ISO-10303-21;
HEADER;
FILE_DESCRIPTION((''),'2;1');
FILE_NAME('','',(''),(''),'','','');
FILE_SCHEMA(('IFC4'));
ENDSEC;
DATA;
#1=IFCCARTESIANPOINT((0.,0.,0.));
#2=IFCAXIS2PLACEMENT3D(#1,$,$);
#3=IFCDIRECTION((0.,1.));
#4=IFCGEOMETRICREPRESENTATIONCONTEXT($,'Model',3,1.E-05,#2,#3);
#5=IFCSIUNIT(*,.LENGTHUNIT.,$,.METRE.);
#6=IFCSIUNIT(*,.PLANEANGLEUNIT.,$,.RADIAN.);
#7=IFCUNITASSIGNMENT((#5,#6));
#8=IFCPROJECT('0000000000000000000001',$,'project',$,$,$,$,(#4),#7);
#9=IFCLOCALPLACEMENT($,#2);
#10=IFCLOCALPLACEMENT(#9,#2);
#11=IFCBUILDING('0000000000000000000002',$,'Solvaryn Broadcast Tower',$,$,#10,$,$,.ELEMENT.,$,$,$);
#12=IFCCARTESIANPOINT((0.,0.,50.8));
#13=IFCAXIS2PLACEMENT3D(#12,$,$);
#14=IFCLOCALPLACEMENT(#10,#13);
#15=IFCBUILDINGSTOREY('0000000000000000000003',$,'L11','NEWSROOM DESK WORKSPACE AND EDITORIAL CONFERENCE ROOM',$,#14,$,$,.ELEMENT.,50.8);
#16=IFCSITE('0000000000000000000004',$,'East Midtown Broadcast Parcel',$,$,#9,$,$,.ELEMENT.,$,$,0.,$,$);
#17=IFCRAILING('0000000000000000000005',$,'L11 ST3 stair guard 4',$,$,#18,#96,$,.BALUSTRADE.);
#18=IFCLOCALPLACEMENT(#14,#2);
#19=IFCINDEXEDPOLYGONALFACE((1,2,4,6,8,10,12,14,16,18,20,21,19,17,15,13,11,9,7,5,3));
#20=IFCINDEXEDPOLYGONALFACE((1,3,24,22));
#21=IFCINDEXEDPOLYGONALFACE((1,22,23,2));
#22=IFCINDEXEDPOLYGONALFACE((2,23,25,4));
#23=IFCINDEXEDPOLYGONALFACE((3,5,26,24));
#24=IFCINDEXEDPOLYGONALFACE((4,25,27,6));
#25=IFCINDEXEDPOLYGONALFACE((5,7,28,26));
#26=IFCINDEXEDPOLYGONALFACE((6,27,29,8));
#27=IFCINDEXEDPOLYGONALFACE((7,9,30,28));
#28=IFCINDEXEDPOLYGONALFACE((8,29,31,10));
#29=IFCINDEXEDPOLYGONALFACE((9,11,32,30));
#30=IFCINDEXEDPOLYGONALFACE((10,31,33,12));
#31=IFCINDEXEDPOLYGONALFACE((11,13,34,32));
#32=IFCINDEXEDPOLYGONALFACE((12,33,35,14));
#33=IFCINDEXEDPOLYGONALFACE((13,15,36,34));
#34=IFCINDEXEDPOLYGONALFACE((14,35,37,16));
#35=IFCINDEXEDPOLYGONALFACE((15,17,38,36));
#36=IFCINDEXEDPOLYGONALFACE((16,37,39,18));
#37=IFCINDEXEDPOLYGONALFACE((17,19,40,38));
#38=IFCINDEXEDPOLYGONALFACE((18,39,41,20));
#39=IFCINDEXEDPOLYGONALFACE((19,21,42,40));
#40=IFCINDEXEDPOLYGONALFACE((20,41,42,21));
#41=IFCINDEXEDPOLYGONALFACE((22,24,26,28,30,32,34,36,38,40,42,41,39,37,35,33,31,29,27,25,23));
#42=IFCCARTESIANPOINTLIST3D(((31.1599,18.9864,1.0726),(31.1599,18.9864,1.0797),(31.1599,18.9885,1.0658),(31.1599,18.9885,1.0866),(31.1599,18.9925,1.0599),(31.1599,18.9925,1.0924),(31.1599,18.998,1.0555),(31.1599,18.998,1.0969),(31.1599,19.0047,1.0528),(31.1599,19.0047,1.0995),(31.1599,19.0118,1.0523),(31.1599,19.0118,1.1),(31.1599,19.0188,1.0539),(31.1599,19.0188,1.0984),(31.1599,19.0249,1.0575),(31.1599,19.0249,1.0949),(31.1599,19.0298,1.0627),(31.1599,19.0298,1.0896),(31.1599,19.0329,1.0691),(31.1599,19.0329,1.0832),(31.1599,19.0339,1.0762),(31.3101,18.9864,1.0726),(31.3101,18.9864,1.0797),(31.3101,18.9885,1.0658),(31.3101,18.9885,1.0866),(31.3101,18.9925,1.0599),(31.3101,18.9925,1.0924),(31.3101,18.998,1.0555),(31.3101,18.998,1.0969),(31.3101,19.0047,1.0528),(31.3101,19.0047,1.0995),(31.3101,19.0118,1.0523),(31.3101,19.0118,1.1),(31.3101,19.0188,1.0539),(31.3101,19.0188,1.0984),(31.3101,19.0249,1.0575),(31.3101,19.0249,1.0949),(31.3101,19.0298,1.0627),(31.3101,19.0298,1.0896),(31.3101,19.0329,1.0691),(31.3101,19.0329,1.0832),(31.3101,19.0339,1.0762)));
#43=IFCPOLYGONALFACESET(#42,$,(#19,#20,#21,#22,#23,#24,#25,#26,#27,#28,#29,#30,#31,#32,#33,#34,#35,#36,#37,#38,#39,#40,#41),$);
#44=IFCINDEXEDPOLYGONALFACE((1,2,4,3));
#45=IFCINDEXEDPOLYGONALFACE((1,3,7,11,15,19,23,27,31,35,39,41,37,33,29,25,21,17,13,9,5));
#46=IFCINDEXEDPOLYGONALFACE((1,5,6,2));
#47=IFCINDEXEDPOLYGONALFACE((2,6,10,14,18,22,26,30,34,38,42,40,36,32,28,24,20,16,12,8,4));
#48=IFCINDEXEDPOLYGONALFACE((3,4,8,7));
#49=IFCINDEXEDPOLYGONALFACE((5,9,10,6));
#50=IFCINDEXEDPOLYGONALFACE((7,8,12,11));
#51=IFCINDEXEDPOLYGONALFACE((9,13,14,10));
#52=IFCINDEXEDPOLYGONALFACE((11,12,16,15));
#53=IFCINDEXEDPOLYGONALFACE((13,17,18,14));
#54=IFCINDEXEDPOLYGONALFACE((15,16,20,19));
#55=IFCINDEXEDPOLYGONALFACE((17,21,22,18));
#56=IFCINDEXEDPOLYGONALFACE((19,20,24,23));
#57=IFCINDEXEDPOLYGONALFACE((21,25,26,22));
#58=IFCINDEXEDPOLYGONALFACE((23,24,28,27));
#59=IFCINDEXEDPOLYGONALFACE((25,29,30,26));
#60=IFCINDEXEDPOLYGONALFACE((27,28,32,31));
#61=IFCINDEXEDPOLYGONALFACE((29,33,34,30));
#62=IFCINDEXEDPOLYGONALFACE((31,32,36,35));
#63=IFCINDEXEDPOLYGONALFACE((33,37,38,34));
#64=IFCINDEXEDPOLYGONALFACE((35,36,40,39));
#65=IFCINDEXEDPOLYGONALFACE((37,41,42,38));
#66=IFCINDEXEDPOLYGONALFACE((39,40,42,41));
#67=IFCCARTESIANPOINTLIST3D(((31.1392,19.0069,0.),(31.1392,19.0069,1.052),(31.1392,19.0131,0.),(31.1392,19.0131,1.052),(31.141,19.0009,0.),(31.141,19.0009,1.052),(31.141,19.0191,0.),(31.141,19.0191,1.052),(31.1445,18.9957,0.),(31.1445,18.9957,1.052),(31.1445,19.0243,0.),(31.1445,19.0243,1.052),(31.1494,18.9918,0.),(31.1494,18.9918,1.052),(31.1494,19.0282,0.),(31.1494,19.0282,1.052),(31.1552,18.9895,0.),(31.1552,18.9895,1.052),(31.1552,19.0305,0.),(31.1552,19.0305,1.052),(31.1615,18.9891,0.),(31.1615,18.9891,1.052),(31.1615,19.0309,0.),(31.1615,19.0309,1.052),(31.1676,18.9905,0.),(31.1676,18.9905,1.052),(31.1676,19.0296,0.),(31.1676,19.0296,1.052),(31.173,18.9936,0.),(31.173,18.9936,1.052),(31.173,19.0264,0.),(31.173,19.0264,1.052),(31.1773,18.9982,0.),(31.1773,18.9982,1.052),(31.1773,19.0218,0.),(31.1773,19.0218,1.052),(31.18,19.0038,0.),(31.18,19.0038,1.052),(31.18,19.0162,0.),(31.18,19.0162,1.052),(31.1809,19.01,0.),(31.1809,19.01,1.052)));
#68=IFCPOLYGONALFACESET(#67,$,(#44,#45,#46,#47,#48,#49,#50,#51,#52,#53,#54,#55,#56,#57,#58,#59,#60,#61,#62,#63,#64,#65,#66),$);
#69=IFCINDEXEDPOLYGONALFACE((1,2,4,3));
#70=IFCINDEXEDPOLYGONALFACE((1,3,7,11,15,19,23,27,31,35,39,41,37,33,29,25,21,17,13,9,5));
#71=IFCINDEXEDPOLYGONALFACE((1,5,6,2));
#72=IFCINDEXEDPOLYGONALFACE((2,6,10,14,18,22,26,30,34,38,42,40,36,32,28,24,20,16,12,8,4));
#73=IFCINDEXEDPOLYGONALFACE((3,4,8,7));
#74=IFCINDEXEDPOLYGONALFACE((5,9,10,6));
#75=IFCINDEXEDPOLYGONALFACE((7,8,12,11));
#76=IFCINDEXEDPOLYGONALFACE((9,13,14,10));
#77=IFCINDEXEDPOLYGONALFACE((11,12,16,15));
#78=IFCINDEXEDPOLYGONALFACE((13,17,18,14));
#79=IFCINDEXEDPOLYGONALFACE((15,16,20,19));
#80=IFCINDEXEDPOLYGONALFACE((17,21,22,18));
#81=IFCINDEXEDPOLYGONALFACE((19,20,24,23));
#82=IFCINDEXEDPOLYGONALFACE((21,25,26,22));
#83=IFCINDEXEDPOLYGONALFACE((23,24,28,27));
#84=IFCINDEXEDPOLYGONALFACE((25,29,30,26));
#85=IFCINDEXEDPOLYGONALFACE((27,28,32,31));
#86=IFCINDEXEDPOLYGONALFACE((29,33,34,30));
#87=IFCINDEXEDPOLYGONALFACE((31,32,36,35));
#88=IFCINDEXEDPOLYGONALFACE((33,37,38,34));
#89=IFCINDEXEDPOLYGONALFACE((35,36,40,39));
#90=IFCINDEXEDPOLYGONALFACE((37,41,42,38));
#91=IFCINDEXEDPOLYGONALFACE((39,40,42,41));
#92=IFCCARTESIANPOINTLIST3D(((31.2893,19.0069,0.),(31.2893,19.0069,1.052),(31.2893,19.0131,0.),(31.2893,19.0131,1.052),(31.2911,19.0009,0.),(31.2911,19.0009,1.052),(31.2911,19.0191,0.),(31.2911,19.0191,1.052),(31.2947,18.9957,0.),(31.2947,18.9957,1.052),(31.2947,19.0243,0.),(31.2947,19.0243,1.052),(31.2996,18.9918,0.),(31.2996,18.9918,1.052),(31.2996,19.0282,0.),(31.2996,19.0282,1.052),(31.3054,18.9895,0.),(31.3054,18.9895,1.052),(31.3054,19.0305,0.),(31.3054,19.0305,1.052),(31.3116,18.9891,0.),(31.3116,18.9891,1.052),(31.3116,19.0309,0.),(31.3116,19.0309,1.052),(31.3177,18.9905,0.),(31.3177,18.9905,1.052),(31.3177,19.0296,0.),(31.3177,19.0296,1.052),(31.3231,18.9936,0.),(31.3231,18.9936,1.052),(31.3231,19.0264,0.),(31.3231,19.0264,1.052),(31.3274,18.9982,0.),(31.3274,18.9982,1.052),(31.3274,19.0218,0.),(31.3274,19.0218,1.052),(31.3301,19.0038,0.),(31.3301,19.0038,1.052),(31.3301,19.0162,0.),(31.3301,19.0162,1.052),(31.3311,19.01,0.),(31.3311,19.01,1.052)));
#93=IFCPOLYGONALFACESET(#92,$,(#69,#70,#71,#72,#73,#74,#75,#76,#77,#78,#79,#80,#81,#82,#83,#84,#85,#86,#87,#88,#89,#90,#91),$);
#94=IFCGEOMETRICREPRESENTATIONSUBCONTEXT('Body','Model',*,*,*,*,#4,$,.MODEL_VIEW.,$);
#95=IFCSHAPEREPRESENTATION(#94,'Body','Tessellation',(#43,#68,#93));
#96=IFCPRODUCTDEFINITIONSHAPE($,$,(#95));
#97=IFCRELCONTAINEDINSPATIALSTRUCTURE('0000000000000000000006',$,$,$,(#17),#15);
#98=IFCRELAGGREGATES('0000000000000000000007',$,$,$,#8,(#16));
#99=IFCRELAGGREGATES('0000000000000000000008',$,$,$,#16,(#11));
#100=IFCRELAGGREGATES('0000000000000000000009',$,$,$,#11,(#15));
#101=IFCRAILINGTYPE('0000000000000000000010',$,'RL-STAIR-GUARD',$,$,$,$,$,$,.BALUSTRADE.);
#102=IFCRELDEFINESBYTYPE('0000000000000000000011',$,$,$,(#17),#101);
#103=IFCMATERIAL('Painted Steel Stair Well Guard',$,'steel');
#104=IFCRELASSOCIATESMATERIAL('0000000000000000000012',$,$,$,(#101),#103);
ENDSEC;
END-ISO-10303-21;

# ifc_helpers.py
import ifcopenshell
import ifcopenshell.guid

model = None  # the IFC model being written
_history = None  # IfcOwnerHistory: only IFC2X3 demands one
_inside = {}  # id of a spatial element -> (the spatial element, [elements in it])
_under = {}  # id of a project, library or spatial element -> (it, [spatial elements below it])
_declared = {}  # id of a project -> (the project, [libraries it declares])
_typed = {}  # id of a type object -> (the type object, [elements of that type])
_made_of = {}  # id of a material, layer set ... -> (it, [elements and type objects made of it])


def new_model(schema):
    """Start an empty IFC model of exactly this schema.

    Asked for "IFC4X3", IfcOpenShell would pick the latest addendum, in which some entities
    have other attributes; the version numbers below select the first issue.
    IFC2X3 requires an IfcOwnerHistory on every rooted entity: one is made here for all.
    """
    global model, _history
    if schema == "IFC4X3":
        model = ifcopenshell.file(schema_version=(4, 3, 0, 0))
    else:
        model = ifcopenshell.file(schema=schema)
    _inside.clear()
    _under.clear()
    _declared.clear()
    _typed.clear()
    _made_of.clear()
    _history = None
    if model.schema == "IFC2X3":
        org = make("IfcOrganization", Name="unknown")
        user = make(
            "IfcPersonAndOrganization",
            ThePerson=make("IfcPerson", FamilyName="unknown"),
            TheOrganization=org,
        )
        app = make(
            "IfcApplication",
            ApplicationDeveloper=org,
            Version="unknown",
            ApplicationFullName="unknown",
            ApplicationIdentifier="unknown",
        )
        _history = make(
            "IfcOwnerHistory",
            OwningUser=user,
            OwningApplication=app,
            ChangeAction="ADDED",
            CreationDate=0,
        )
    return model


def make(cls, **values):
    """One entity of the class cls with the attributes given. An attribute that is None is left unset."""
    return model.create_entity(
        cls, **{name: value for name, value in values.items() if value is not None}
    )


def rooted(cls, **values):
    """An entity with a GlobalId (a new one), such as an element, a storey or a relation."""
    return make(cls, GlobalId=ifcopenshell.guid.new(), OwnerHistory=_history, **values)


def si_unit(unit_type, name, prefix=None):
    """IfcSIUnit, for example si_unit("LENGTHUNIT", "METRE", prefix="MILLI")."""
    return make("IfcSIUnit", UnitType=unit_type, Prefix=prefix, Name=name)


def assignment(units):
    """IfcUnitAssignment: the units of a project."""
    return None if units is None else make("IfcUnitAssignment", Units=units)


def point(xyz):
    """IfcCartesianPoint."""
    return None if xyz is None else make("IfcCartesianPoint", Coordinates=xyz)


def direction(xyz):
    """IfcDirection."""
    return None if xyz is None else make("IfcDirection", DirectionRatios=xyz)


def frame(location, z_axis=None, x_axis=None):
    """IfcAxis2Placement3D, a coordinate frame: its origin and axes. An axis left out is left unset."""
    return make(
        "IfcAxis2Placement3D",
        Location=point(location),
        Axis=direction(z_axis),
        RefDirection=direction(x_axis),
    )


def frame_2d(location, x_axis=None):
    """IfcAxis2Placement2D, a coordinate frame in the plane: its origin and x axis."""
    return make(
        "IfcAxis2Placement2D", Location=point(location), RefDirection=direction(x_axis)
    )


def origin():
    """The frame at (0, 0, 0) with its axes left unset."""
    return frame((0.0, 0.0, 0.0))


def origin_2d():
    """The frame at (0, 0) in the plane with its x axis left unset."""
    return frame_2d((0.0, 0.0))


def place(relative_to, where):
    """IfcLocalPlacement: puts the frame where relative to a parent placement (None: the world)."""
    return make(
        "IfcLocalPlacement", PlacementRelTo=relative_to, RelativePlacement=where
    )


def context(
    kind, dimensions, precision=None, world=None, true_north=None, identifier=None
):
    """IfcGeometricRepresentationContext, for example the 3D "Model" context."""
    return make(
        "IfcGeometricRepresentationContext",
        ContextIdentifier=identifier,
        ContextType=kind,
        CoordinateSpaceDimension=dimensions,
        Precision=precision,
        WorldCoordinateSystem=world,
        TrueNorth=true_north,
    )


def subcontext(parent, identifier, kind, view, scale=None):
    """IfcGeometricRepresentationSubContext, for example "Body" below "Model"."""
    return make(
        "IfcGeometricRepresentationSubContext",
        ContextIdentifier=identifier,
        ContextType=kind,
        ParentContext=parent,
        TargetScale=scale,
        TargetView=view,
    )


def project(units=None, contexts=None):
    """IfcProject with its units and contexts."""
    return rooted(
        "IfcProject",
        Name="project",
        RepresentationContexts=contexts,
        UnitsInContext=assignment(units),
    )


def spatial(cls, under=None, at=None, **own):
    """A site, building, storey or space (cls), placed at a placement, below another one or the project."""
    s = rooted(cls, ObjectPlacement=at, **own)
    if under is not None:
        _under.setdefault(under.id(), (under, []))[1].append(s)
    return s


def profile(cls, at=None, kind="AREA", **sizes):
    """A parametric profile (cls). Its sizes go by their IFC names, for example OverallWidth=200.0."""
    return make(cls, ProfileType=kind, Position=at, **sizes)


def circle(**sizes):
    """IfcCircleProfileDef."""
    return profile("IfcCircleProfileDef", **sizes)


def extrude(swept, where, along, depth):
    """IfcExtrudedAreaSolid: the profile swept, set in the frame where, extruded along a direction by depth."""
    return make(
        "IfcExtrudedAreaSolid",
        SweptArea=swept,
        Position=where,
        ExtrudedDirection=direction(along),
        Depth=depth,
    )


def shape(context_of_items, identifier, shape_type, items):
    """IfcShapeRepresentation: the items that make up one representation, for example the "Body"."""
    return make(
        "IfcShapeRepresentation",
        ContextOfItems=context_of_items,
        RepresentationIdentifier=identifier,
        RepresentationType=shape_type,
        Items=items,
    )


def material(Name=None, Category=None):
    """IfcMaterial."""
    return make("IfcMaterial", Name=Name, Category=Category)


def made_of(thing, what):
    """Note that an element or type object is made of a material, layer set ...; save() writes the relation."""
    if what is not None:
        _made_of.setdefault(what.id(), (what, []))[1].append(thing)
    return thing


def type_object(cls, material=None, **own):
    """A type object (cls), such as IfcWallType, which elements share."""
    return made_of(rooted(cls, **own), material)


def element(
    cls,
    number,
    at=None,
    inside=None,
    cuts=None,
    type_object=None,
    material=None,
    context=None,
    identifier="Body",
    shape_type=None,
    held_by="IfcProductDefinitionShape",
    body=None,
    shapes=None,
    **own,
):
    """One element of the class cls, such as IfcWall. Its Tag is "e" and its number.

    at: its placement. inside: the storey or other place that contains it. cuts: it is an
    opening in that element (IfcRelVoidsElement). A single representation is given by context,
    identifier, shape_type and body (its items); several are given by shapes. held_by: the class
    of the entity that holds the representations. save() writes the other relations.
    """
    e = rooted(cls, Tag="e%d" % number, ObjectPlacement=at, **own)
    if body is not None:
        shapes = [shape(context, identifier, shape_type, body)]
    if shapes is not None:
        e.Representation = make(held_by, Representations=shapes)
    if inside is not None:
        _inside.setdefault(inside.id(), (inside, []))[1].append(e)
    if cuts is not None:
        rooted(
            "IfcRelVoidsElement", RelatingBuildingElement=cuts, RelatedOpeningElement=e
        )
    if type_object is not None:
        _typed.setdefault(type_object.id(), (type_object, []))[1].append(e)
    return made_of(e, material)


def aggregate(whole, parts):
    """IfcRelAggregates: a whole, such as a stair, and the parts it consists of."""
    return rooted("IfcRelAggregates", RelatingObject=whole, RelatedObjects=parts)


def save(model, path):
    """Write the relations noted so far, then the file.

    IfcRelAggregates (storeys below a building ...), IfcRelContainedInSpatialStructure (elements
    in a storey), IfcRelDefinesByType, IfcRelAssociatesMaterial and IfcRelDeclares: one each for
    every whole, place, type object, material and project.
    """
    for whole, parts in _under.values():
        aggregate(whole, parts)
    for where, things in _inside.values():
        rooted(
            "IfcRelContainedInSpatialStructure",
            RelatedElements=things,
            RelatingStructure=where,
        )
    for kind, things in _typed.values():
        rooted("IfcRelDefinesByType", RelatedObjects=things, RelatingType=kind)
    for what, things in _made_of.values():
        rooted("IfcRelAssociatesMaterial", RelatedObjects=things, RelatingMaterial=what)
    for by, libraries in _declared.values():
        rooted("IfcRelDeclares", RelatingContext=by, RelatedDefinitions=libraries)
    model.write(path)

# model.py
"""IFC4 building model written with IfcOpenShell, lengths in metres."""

from ifc_helpers import new_model, si_unit, direction, frame, origin, origin_2d, place, context, subcontext, project, spatial, circle, extrude, material, type_object, element, save


model = new_model("IFC4")

# Units and contexts
model_context = context("Model", 3, precision=1e-05, world=origin(), true_north=direction((0.0, 1.0)))
body_context = subcontext(model_context, "Body", "Model", "MODEL_VIEW")
ifc_project = project(units=[si_unit("LENGTHUNIT", "METRE"), si_unit("PLANEANGLEUNIT", "RADIAN")], contexts=[model_context])

# Site, building, storey
site_placement = place(None, origin())
site = spatial("IfcSite", under=ifc_project, at=site_placement, Name="East Midtown Broadcast Parcel", CompositionType="ELEMENT", RefElevation=0.0)
building_placement = place(site_placement, origin())
building = spatial("IfcBuilding", under=site, at=building_placement, Name="Solvaryn Broadcast Tower", CompositionType="ELEMENT")
storey_placement = place(building_placement, frame((0.0, 0.0, 50.8)))
storey = spatial("IfcBuildingStorey", under=building, at=storey_placement, Name="L11", Description="NEWSROOM DESK WORKSPACE AND EDITORIAL CONFERENCE ROOM", CompositionType="ELEMENT", Elevation=50.8)

# Railing
ifc_material_1 = material(Name="Painted Steel Stair Well Guard", Category="steel")
railing_type_1 = type_object("IfcRailingType", Name="RL-STAIR-GUARD", PredefinedType="BALUSTRADE", material=ifc_material_1)
railing_1_placement = place(storey_placement, frame((31.1599, 19.01, 0.0)))
element("IfcRailing", 1, at=railing_1_placement, inside=storey, type_object=railing_type_1, Name="L11 ST3 stair guard 4", PredefinedType="BALUSTRADE", context=body_context, shape_type="SweptSolid", body=[
    extrude(circle(Radius=0.0239, at=origin_2d()), frame((0.0, 0.0, 1.0762), z_axis=(1.0, 0.0, 0.0), x_axis=(0.0, 1.0, 0.0)), (0.0, 0.0, 1.0), 0.1501),
    extrude(circle(Radius=0.021, at=origin_2d()), origin(), (0.0, 0.0, 1.0), 1.052),
    extrude(circle(Radius=0.021, at=origin_2d()), frame((0.1501, 0.0, 0.0)), (0.0, 0.0, 1.0), 1.052),
])

save(model, "model.ifc")
